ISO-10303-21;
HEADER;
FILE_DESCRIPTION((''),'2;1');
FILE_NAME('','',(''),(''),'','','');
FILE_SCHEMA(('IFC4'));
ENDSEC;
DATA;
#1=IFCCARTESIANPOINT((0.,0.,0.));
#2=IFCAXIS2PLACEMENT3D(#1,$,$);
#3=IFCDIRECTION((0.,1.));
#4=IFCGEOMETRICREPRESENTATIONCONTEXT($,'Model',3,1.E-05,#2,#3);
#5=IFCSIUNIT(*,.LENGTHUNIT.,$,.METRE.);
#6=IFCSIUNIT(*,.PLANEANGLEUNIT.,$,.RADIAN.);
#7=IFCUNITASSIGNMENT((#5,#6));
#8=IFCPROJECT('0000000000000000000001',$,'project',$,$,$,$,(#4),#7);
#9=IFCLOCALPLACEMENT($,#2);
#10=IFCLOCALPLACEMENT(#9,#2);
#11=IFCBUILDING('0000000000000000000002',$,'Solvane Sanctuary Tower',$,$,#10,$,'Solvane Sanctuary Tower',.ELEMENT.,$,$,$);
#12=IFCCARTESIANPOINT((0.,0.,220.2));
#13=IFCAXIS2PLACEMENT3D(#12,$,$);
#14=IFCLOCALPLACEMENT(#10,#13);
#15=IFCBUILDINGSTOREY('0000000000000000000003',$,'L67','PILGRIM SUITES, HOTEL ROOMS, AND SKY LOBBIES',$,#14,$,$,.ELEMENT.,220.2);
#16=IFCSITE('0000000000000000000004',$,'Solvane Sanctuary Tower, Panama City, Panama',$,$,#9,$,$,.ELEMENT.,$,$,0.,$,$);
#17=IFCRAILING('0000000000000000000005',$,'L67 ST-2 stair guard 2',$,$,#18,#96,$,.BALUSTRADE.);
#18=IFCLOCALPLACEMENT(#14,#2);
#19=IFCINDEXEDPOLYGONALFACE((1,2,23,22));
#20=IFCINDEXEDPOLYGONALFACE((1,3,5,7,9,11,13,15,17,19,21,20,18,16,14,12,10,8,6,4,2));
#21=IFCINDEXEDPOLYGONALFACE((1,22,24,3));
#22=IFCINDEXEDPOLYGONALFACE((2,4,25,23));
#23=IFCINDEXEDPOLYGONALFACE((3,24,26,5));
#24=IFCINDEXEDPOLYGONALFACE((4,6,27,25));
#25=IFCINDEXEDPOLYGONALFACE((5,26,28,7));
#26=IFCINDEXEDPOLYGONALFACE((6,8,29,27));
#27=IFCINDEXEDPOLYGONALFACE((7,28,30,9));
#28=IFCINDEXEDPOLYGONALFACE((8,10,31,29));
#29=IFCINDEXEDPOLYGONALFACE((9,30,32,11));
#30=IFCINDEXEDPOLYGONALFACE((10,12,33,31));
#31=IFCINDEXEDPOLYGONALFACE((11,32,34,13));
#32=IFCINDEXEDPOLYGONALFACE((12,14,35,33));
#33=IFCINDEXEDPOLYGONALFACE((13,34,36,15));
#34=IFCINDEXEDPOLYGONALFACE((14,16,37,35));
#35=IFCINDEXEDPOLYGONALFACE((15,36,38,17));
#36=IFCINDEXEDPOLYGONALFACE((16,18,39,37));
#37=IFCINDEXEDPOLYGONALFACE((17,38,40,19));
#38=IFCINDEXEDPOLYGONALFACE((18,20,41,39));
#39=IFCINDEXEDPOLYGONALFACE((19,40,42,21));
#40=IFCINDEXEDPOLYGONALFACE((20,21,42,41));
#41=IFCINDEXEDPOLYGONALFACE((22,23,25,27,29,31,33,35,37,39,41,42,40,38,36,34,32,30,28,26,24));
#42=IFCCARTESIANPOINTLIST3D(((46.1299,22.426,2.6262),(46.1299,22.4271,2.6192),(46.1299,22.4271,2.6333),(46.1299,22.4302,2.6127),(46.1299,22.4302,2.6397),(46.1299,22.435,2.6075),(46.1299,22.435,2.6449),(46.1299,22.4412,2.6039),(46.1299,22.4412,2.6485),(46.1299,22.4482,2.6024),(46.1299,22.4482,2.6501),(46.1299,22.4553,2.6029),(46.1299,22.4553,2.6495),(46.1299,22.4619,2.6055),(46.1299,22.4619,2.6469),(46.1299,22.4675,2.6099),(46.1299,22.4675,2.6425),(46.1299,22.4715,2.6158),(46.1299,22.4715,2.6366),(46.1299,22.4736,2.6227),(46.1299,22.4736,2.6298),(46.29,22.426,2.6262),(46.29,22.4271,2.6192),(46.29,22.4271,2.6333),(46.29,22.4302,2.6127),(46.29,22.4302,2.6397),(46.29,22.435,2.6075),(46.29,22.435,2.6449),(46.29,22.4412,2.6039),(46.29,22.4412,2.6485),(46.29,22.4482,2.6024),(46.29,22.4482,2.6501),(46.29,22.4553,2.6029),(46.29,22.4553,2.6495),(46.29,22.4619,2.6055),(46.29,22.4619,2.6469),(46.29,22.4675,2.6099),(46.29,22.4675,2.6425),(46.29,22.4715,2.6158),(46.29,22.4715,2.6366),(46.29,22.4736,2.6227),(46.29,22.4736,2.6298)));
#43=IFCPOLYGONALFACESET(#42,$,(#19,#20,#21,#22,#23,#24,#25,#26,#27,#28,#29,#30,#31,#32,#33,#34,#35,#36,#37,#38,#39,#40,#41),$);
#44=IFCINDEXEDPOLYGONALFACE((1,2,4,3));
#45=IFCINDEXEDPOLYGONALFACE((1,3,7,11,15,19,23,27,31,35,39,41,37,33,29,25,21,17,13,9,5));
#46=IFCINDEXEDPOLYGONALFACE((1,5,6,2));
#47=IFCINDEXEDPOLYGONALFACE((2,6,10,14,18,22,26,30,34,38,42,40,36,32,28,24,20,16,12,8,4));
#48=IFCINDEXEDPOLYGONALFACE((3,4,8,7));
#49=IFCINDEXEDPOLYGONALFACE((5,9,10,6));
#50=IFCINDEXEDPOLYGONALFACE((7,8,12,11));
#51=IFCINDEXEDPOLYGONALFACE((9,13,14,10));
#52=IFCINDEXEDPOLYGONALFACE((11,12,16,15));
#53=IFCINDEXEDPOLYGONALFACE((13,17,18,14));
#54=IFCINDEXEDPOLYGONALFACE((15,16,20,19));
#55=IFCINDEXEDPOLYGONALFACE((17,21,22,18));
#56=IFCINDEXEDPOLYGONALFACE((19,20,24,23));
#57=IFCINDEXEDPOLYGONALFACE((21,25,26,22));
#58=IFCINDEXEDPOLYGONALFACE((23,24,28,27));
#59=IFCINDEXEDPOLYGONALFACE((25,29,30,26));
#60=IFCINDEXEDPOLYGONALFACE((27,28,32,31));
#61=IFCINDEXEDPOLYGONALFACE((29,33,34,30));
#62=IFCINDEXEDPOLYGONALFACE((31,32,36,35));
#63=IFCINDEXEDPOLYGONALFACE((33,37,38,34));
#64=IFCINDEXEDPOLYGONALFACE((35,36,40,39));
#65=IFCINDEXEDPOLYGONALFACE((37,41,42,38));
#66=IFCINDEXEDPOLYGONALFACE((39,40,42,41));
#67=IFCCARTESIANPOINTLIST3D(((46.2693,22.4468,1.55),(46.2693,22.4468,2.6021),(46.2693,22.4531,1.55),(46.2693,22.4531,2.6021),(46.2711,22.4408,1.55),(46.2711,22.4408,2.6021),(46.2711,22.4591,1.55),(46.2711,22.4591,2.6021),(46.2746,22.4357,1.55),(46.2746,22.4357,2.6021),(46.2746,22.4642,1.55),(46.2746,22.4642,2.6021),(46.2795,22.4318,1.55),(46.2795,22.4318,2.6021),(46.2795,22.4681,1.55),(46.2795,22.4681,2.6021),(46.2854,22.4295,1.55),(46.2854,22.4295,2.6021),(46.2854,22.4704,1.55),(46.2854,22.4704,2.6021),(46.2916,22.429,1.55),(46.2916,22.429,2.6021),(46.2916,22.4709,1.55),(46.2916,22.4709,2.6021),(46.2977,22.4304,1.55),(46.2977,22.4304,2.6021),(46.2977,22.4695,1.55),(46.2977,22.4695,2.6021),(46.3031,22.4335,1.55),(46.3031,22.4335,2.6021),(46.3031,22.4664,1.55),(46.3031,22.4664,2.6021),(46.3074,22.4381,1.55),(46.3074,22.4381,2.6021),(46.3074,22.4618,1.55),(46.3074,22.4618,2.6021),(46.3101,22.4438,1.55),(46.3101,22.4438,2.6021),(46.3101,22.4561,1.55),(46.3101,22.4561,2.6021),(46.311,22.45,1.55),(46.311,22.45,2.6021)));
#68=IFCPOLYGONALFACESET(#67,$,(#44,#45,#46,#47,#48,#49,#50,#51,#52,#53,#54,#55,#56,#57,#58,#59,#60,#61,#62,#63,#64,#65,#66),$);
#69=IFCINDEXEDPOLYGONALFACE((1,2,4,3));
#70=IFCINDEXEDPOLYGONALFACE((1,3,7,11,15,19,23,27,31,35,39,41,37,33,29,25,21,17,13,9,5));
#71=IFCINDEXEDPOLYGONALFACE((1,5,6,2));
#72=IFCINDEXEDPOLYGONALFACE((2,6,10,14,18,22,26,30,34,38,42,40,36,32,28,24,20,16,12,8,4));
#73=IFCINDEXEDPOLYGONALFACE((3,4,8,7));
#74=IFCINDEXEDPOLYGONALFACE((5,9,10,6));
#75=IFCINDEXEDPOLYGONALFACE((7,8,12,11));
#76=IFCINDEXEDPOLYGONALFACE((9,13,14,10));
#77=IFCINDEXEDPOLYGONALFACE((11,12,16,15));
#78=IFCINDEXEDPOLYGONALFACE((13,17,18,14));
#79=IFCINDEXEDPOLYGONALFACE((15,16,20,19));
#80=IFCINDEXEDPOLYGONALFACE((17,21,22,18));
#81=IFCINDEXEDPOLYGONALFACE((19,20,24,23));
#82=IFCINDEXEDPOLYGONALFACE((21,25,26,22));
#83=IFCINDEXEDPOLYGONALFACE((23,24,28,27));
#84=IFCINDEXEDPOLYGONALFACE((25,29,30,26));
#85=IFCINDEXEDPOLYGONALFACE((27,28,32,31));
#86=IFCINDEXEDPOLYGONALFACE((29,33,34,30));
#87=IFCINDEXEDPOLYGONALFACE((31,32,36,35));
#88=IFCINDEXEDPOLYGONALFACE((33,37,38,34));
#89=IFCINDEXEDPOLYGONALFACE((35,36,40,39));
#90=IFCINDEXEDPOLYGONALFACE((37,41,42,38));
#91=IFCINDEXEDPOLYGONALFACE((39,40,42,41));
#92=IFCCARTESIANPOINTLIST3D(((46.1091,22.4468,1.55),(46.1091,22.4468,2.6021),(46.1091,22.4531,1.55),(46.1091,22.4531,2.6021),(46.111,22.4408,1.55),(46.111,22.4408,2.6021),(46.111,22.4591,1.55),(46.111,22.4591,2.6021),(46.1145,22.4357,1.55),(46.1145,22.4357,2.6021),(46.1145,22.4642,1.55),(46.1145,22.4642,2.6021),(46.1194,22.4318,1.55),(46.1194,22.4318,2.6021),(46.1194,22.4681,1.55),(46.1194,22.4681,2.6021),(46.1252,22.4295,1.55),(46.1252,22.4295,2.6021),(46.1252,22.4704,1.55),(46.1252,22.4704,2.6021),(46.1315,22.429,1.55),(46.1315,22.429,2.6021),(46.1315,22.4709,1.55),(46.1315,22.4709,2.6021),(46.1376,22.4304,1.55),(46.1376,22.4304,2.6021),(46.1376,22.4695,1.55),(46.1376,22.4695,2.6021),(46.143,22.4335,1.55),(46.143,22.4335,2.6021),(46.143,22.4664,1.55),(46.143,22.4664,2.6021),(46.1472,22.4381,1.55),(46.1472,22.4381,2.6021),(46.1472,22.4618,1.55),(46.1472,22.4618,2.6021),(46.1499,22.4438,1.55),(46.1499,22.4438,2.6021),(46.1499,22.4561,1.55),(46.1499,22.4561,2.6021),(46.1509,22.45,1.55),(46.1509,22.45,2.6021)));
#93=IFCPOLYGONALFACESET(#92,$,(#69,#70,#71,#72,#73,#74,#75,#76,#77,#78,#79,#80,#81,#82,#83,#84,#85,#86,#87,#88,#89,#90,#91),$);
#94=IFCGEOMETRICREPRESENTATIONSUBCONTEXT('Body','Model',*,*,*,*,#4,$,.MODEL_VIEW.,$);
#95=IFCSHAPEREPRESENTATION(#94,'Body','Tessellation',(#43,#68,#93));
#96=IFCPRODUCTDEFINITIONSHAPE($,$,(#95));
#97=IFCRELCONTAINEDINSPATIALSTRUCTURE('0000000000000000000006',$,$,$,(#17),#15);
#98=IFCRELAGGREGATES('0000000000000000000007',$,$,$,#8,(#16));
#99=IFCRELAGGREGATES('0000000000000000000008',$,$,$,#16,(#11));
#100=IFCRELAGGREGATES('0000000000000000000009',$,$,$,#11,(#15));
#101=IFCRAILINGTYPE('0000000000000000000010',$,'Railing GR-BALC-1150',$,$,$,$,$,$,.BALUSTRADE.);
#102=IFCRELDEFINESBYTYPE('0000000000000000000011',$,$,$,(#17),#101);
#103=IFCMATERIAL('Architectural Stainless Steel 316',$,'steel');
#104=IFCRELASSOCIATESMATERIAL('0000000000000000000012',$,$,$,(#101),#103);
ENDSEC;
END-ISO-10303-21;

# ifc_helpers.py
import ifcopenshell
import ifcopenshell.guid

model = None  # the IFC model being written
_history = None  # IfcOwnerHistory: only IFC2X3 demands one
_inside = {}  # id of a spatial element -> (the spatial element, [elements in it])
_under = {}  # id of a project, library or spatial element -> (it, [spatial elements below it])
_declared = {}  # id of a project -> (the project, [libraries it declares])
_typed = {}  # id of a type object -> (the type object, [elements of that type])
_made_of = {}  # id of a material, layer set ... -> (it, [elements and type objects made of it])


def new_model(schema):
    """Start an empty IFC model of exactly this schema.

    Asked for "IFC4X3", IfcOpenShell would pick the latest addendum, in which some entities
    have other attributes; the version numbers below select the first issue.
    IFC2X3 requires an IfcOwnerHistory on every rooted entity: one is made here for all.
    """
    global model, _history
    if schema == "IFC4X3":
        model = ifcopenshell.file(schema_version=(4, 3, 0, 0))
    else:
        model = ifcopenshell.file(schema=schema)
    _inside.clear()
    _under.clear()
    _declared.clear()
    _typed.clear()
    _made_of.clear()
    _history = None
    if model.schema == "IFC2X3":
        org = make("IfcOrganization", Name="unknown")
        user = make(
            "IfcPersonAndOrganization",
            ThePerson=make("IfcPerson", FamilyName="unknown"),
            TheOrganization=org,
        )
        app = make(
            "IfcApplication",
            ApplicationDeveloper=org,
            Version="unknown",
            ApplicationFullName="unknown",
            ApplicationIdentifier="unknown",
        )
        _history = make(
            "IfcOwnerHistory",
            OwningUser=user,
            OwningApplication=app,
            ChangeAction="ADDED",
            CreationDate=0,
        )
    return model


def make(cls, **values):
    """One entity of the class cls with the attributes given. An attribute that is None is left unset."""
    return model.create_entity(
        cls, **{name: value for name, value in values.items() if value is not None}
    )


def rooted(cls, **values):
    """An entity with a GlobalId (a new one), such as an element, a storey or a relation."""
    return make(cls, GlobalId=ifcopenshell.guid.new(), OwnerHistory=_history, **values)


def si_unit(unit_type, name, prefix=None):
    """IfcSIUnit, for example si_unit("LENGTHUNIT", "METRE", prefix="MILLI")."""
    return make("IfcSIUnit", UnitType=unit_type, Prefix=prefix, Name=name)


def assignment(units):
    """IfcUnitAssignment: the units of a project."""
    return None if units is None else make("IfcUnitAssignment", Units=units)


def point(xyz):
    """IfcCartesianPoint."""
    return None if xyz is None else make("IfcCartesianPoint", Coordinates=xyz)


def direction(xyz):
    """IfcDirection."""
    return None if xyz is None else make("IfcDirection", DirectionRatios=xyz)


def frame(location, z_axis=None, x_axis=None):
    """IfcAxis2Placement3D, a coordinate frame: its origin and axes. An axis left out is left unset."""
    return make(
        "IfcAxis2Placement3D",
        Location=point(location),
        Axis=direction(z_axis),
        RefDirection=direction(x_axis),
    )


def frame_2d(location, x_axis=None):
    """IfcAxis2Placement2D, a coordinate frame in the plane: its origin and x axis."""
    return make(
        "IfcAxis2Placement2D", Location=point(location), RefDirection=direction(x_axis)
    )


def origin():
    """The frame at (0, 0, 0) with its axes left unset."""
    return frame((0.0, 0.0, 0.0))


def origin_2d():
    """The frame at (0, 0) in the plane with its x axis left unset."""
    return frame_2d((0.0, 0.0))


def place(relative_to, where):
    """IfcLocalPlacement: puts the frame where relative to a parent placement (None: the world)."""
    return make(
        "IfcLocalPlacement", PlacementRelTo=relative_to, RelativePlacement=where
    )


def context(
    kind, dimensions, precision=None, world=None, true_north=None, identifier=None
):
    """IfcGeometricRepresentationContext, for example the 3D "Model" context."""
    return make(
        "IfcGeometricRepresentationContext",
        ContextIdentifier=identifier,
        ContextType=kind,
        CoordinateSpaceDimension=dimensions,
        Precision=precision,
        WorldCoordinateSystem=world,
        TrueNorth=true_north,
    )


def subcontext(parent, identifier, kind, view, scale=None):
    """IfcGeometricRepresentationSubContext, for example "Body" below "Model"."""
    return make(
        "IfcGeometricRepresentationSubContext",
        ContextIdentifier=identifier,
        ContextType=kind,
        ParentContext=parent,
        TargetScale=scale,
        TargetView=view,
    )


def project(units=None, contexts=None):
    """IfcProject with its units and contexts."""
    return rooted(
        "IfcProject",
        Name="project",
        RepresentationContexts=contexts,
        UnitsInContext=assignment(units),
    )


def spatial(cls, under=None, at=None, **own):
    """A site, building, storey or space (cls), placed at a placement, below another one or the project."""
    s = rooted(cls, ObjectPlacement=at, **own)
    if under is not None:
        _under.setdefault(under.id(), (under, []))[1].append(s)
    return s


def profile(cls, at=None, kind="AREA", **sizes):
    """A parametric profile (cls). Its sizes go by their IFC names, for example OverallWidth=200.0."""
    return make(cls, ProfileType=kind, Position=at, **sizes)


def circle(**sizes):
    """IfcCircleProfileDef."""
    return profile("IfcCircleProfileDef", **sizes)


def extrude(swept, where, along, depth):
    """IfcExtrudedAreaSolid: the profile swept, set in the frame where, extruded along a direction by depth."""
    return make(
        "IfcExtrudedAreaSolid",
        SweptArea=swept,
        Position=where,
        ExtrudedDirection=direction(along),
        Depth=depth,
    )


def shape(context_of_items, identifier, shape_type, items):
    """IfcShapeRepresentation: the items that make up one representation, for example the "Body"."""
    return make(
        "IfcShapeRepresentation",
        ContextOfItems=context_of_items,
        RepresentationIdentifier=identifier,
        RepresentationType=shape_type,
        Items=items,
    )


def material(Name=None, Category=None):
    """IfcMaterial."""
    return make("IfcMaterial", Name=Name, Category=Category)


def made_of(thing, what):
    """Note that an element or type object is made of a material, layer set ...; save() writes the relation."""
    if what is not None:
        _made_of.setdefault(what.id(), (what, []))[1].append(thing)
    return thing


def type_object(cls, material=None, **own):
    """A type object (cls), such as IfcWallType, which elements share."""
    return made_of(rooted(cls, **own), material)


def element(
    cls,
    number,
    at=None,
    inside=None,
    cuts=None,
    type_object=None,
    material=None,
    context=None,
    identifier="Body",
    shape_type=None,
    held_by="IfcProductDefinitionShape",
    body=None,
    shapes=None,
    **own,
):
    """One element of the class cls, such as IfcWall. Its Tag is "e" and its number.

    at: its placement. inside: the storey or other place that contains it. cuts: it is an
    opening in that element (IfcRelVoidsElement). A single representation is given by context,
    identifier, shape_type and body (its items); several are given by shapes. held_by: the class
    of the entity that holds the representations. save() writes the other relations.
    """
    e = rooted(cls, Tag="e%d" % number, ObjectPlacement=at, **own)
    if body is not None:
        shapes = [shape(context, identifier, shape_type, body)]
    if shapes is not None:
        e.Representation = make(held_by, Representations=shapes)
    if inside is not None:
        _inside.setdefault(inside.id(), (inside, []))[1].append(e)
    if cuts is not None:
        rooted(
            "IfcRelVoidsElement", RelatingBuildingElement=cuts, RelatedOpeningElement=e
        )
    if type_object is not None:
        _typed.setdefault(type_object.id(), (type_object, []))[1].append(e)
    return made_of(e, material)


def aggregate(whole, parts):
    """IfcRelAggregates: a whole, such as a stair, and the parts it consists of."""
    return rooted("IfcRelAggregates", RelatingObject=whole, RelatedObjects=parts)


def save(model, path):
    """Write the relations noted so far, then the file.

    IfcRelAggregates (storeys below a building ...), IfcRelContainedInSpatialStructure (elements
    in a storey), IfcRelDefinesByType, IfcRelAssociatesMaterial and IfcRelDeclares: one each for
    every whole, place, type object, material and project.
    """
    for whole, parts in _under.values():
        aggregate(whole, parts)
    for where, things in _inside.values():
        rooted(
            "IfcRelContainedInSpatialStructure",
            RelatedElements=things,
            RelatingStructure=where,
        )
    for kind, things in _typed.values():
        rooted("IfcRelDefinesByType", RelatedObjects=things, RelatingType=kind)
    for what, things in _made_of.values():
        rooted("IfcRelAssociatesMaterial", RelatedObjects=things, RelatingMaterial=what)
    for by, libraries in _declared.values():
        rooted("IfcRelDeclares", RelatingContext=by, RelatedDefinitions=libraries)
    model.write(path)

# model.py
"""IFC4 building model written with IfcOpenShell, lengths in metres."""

from ifc_helpers import new_model, si_unit, direction, frame, origin, origin_2d, place, context, subcontext, project, spatial, circle, extrude, material, type_object, element, save


model = new_model("IFC4")

# Units and contexts
model_context = context("Model", 3, precision=1e-05, world=origin(), true_north=direction((0.0, 1.0)))
body_context = subcontext(model_context, "Body", "Model", "MODEL_VIEW")
ifc_project = project(units=[si_unit("LENGTHUNIT", "METRE"), si_unit("PLANEANGLEUNIT", "RADIAN")], contexts=[model_context])

# Site, building, storey
site_placement = place(None, origin())
site = spatial("IfcSite", under=ifc_project, at=site_placement, Name="Solvane Sanctuary Tower, Panama City, Panama", CompositionType="ELEMENT", RefElevation=0.0)
building_placement = place(site_placement, origin())
building = spatial("IfcBuilding", under=site, at=building_placement, Name="Solvane Sanctuary Tower", LongName="Solvane Sanctuary Tower", CompositionType="ELEMENT")
storey_placement = place(building_placement, frame((0.0, 0.0, 220.2)))
storey = spatial("IfcBuildingStorey", under=building, at=storey_placement, Name="L67", Description="PILGRIM SUITES, HOTEL ROOMS, AND SKY LOBBIES", CompositionType="ELEMENT", Elevation=220.2)

# Shared definitions
ifc_material_1 = material(Name="Architectural Stainless Steel 316", Category="steel")

# Railing
railing_type = type_object("IfcRailingType", Name="Railing GR-BALC-1150", PredefinedType="BALUSTRADE", material=ifc_material_1)
railing_1_placement = place(storey_placement, frame((46.29, 22.45, 1.55)))
element("IfcRailing", 1, at=railing_1_placement, inside=storey, type_object=railing_type, Name="L67 ST-2 stair guard 2", PredefinedType="BALUSTRADE", context=body_context, shape_type="SweptSolid", body=[
    extrude(circle(Radius=0.0239, at=origin_2d()), frame((0.0, 0.0, 1.0762), z_axis=(-1.0, 0.0, 0.0), x_axis=(0.0, -1.0, 0.0)), (0.0, 0.0, 1.0), 0.1602),
    extrude(circle(Radius=0.021, at=origin_2d()), origin(), (0.0, 0.0, 1.0), 1.052),
    extrude(circle(Radius=0.021, at=origin_2d()), frame((-0.1602, 0.0, 0.0)), (0.0, 0.0, 1.0), 1.052),
])

save(model, "model.ifc")
